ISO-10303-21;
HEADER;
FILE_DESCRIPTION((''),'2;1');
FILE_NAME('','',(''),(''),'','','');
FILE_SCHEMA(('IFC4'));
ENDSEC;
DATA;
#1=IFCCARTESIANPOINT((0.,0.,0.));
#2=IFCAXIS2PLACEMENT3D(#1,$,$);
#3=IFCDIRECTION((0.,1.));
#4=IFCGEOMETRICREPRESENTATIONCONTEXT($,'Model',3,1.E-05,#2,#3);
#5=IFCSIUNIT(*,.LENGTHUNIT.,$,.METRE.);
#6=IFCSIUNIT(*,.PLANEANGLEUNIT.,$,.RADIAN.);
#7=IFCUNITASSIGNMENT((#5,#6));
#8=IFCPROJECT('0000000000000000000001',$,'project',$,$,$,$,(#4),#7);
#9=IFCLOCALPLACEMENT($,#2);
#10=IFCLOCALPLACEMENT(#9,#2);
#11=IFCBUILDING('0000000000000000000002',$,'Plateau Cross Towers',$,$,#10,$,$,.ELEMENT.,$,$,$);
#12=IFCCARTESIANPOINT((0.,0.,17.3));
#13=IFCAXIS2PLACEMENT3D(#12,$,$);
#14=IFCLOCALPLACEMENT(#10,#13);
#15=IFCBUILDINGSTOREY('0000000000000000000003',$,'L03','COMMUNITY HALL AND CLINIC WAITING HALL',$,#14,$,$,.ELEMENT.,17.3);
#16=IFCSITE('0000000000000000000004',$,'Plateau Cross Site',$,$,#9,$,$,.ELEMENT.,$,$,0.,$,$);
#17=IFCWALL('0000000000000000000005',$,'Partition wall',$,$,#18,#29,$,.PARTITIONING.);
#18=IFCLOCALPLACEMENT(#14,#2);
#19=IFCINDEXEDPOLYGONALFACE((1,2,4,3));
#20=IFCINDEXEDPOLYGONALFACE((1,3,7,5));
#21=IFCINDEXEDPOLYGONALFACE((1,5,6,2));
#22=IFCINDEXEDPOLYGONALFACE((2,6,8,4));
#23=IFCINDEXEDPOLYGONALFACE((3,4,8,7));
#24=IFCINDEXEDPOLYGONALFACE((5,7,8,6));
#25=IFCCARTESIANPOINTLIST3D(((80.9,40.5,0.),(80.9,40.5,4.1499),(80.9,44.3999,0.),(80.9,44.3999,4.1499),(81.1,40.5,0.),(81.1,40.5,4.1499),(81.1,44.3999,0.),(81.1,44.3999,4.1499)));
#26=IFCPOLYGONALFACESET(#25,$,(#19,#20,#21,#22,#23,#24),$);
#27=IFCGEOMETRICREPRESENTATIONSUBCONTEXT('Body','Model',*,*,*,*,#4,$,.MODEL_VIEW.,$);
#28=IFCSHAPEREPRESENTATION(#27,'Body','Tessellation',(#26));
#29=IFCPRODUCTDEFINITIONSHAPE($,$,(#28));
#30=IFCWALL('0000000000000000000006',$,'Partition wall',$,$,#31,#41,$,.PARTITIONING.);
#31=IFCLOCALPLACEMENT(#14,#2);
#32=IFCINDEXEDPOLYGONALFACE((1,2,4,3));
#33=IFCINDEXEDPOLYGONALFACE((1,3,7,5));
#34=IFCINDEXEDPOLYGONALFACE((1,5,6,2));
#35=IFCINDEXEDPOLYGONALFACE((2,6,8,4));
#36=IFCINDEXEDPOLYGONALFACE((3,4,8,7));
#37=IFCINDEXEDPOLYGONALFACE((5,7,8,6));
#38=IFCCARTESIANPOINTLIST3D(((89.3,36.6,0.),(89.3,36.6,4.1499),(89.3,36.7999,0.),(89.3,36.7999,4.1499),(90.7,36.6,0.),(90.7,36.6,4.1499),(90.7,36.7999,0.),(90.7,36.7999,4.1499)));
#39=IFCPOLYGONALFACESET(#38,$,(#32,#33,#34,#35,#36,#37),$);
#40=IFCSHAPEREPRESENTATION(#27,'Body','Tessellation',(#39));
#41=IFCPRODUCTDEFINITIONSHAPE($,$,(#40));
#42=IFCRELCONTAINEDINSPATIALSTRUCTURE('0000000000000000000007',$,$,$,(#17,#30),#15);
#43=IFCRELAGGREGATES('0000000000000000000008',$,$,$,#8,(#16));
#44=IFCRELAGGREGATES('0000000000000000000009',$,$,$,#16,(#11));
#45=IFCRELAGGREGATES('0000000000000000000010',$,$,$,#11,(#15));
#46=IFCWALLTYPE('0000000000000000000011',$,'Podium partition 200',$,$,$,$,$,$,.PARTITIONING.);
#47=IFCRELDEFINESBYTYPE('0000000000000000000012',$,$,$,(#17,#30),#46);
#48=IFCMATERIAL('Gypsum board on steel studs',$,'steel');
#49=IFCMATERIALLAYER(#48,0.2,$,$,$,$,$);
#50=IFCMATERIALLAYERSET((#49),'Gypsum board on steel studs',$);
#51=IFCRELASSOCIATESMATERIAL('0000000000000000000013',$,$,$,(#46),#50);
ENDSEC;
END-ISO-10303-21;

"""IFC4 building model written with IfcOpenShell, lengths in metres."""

from ifc_helpers import new_model, si_unit, direction, frame, frame_2d, origin, place, context, subcontext, project, spatial, rectangle, extrude, material, layer, layer_set, type_object, element, save


model = new_model("IFC4")

# Units and contexts
model_context = context("Model", 3, precision=1e-05, world=origin(), true_north=direction((0.0, 1.0)))
body_context = subcontext(model_context, "Body", "Model", "MODEL_VIEW")
ifc_project = project(units=[si_unit("LENGTHUNIT", "METRE"), si_unit("PLANEANGLEUNIT", "RADIAN")], contexts=[model_context])

# Site, building, storey
site_placement = place(None, origin())
site = spatial("IfcSite", under=ifc_project, at=site_placement, Name="Plateau Cross Site", CompositionType="ELEMENT", RefElevation=0.0)
building_placement = place(site_placement, origin())
building = spatial("IfcBuilding", under=site, at=building_placement, Name="Plateau Cross Towers", CompositionType="ELEMENT")
storey_placement = place(building_placement, frame((0.0, 0.0, 17.3)))
storey = spatial("IfcBuildingStorey", under=building, at=storey_placement, Name="L03", Description="COMMUNITY HALL AND CLINIC WAITING HALL", CompositionType="ELEMENT", Elevation=17.3)

# Shared definitions
ifc_material_1 = material(Name="Gypsum board on steel studs", Category="steel")
ifc_layer_1 = layer(ifc_material_1, 0.2)
ifc_layer_set_1 = layer_set([ifc_layer_1], Name="Gypsum board on steel studs")
wall_type = type_object("IfcWallType", Name="Podium partition 200", PredefinedType="PARTITIONING", material=ifc_layer_set_1)

# Walls
wall_1_placement = place(storey_placement, frame((81.0, 44.3999, 0.0), z_axis=(0.0, 0.0, 1.0), x_axis=(0.0, -1.0, 0.0)))
element("IfcWall", 1, at=wall_1_placement, inside=storey, type_object=wall_type, Name="Partition wall", PredefinedType="PARTITIONING", context=body_context, shape_type="SweptSolid", body=[
    extrude(rectangle(XDim=3.8999, YDim=0.2, at=frame_2d((1.95, 0.0))), origin(), (0.0, 0.0, 1.0), 4.1499),
])
wall_2_placement = place(storey_placement, frame((90.7, 36.7, 0.0), z_axis=(0.0, 0.0, 1.0), x_axis=(-1.0, 0.0, 0.0)))
element("IfcWall", 2, at=wall_2_placement, inside=storey, type_object=wall_type, Name="Partition wall", PredefinedType="PARTITIONING", context=body_context, shape_type="SweptSolid", body=[
    extrude(rectangle(XDim=1.3999, YDim=0.2, at=frame_2d((0.7, 0.0))), origin(), (0.0, 0.0, 1.0), 4.1499),
])

save(model, "model.ifc")
